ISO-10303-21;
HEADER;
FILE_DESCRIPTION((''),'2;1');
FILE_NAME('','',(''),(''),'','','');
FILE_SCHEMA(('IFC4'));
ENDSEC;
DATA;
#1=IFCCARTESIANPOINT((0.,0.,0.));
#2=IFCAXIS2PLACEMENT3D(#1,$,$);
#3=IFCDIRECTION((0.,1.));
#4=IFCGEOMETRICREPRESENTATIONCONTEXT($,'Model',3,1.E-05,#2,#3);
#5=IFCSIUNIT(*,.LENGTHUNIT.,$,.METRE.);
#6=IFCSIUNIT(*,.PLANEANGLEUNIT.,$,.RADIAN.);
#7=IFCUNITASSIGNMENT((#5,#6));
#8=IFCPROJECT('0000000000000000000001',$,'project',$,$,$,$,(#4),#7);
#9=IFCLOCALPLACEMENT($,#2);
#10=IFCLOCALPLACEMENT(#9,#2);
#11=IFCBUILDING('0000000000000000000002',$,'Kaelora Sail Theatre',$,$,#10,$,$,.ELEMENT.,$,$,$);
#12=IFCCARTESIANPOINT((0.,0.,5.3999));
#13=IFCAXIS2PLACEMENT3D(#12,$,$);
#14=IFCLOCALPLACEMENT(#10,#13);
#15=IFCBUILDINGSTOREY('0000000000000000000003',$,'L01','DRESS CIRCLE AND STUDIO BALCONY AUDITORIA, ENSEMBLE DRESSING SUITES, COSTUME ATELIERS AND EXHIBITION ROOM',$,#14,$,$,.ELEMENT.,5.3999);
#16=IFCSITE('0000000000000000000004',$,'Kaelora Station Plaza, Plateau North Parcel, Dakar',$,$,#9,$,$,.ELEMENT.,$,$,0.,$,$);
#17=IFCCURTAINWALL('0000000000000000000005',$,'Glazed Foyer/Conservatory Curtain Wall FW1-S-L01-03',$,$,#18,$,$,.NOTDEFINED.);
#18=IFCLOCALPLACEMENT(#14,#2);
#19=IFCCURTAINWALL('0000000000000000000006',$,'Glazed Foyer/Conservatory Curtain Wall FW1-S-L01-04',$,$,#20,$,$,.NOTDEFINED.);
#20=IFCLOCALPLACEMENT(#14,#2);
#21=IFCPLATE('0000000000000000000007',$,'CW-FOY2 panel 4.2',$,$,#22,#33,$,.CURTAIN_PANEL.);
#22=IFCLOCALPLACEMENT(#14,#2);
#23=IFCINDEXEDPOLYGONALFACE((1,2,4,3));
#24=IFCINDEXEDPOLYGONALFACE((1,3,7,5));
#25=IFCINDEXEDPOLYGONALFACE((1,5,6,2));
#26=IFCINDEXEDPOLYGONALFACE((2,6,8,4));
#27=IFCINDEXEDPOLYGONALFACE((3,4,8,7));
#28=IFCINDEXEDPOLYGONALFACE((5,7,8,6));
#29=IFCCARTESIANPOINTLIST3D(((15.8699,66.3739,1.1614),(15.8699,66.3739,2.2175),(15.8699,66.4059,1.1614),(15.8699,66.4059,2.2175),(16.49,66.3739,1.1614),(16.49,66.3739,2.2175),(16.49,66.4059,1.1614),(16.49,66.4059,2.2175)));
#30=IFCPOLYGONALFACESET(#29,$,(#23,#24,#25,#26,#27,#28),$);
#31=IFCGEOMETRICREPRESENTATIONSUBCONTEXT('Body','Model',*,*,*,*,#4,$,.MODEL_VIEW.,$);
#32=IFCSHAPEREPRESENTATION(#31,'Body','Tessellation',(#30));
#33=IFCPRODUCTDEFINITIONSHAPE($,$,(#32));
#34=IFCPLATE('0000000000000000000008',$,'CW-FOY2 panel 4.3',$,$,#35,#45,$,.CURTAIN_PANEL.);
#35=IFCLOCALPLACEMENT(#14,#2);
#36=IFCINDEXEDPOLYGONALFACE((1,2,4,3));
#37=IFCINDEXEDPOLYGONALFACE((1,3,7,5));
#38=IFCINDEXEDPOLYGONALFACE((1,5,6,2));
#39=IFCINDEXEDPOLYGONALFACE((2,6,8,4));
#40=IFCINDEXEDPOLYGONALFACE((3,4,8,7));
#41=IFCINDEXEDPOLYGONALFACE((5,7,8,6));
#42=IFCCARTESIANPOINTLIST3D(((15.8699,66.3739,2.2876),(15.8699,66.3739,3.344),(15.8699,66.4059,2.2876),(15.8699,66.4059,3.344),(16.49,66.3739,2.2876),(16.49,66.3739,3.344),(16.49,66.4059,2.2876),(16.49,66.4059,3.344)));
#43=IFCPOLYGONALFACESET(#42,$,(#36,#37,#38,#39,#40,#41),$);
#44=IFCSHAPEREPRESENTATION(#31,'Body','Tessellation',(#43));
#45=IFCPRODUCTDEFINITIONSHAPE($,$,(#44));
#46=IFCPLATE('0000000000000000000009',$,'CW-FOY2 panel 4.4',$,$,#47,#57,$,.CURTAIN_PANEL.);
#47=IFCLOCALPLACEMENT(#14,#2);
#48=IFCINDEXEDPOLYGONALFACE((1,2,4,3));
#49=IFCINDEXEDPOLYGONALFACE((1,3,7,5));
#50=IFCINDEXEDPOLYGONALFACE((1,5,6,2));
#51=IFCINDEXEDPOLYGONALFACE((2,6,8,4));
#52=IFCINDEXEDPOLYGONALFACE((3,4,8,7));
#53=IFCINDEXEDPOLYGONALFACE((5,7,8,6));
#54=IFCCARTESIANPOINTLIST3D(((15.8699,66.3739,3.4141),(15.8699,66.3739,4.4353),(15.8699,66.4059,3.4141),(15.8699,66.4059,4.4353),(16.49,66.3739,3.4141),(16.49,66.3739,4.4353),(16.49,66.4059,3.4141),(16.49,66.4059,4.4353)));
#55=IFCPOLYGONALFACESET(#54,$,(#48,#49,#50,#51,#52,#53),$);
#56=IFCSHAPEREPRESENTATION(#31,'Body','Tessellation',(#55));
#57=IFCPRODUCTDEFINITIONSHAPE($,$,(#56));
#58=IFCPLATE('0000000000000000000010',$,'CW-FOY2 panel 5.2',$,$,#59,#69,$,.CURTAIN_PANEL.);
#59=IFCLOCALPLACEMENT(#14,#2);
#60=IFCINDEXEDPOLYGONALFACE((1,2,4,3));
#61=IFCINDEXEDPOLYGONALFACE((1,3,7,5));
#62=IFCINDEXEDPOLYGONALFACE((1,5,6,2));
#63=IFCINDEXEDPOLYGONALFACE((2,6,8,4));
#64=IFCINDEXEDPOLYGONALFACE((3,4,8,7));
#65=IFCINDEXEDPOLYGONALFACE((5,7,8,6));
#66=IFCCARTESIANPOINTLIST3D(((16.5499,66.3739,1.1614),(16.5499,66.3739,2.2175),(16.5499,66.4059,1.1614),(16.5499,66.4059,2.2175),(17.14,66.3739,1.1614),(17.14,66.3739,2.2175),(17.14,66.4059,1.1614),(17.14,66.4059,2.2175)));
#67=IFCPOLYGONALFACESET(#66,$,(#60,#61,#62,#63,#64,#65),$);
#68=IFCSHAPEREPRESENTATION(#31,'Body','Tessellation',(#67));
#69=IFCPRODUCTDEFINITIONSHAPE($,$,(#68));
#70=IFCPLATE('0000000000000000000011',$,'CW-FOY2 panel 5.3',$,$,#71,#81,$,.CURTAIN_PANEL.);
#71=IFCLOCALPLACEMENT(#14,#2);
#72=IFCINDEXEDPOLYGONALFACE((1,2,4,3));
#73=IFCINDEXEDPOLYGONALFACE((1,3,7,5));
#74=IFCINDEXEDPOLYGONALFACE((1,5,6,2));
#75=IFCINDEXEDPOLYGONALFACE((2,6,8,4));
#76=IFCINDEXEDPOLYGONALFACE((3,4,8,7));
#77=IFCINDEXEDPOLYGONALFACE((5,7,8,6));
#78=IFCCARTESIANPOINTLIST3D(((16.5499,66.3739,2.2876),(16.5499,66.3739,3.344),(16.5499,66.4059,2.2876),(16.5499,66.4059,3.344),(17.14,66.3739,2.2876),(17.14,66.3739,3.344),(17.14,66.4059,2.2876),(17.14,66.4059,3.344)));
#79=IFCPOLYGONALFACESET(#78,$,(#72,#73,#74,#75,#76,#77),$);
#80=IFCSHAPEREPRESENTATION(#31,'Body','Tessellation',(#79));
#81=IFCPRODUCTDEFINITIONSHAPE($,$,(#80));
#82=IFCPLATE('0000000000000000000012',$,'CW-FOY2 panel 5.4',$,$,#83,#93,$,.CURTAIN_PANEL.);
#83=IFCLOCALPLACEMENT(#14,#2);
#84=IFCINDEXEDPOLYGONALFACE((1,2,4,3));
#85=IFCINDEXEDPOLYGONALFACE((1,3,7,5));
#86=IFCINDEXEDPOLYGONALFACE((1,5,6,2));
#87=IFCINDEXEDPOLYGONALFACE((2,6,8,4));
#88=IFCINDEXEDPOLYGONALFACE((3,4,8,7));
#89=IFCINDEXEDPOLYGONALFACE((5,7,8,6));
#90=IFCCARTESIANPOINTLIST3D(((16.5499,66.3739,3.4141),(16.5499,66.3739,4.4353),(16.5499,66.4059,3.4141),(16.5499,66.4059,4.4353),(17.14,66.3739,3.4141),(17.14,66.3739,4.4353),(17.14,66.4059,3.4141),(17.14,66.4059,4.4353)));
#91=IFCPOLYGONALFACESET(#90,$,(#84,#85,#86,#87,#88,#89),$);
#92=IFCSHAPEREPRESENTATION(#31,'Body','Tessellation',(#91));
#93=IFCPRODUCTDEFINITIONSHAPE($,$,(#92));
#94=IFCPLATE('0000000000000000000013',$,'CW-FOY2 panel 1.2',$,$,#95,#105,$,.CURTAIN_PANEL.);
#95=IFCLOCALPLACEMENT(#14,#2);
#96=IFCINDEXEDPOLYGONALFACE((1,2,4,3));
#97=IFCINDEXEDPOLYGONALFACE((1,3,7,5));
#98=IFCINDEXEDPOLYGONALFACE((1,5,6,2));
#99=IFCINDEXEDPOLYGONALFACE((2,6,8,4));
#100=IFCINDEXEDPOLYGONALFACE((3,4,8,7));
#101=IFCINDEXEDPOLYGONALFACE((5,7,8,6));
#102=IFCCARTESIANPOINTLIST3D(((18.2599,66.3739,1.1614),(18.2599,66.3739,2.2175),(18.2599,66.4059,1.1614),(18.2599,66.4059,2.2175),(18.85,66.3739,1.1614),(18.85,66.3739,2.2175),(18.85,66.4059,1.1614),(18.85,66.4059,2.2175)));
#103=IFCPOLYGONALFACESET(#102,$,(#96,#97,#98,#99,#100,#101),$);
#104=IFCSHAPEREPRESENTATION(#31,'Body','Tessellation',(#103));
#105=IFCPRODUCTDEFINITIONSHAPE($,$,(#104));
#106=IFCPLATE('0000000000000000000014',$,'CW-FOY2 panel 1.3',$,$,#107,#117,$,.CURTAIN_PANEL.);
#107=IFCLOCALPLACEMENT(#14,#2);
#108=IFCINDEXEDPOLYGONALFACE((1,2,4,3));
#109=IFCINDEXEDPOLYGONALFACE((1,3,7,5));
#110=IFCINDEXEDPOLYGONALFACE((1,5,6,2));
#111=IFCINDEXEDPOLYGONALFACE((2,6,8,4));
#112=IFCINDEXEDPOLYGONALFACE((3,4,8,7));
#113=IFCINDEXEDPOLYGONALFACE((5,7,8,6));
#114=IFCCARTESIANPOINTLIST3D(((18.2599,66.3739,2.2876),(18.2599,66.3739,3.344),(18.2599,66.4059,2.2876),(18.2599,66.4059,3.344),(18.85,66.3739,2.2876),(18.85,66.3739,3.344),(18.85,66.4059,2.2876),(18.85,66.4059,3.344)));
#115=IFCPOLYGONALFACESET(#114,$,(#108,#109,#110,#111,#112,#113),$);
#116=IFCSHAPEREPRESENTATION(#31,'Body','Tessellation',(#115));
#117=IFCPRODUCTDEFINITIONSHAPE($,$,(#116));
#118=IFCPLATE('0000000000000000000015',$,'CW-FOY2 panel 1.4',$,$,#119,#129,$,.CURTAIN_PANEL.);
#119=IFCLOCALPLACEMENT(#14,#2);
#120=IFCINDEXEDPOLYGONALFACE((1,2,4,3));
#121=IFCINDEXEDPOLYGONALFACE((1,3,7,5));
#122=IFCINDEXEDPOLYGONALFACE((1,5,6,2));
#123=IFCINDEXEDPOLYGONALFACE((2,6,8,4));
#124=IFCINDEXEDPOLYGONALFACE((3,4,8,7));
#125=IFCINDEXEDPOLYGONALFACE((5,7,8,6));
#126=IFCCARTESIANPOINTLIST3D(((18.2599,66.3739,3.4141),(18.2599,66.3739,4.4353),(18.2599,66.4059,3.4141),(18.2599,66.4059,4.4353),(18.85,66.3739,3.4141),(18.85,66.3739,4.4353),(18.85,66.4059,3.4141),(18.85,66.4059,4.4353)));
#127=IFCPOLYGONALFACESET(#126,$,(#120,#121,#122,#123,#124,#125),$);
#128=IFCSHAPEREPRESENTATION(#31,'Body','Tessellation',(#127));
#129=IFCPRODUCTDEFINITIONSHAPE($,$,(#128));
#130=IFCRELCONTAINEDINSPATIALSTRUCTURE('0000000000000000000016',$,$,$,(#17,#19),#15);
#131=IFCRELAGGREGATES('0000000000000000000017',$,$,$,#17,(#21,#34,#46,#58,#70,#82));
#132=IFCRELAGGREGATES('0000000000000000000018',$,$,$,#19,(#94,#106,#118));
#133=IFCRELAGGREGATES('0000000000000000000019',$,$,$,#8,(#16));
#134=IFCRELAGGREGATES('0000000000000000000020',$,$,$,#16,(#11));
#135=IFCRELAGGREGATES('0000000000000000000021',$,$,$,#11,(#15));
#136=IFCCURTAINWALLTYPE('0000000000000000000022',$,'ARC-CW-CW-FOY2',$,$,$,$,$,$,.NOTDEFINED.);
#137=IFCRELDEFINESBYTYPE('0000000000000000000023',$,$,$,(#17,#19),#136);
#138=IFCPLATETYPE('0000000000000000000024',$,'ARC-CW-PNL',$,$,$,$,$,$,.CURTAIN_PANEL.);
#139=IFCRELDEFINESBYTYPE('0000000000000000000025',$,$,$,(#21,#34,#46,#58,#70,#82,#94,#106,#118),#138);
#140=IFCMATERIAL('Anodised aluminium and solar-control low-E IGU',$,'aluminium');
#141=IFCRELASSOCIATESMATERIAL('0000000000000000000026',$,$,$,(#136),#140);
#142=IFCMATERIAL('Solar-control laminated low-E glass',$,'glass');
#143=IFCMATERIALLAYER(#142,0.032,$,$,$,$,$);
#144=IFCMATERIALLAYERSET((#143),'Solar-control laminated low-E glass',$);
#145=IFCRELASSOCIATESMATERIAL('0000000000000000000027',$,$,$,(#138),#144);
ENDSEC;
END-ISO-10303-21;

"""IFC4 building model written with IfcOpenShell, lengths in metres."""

from ifc_helpers import new_model, si_unit, direction, frame, origin, origin_2d, place, context, subcontext, project, spatial, rectangle, extrude, material, layer, layer_set, type_object, element, aggregate, save


model = new_model("IFC4")

# Units and contexts
model_context = context("Model", 3, precision=1e-05, world=origin(), true_north=direction((0.0, 1.0)))
body_context = subcontext(model_context, "Body", "Model", "MODEL_VIEW")
ifc_project = project(units=[si_unit("LENGTHUNIT", "METRE"), si_unit("PLANEANGLEUNIT", "RADIAN")], contexts=[model_context])

# Site, building, storey
site_placement = place(None, origin())
site = spatial("IfcSite", under=ifc_project, at=site_placement, Name="Kaelora Station Plaza, Plateau North Parcel, Dakar", CompositionType="ELEMENT", RefElevation=0.0)
building_placement = place(site_placement, origin())
building = spatial("IfcBuilding", under=site, at=building_placement, Name="Kaelora Sail Theatre", CompositionType="ELEMENT")
storey_placement = place(building_placement, frame((0.0, 0.0, 5.3999)))
storey = spatial("IfcBuildingStorey", under=building, at=storey_placement, Name="L01", Description="DRESS CIRCLE AND STUDIO BALCONY AUDITORIA, ENSEMBLE DRESSING SUITES, COSTUME ATELIERS AND EXHIBITION ROOM", CompositionType="ELEMENT", Elevation=5.3999)

# Curtain walls
ifc_material_1 = material(Name="Anodised aluminium and solar-control low-E IGU", Category="aluminium")
curtain_wall_type = type_object("IfcCurtainWallType", Name="ARC-CW-CW-FOY2", PredefinedType="NOTDEFINED", material=ifc_material_1)
curtain_wall_1_placement = place(storey_placement, origin())
curtain_wall_1 = element("IfcCurtainWall", 1, at=curtain_wall_1_placement, inside=storey, type_object=curtain_wall_type, Name="Glazed Foyer/Conservatory Curtain Wall FW1-S-L01-03", PredefinedType="NOTDEFINED")
curtain_wall_2_placement = place(storey_placement, origin())
curtain_wall_2 = element("IfcCurtainWall", 2, at=curtain_wall_2_placement, inside=storey, type_object=curtain_wall_type, Name="Glazed Foyer/Conservatory Curtain Wall FW1-S-L01-04", PredefinedType="NOTDEFINED")

# Plates
ifc_material_2 = material(Name="Solar-control laminated low-E glass", Category="glass")
ifc_layer = layer(ifc_material_2, 0.032)
ifc_layer_set = layer_set([ifc_layer], Name="Solar-control laminated low-E glass")
plate_type = type_object("IfcPlateType", Name="ARC-CW-PNL", PredefinedType="CURTAIN_PANEL", material=ifc_layer_set)
plate_1_placement = place(storey_placement, frame((16.1799, 66.3899, 1.1614), z_axis=(0.0, 0.0, 1.0), x_axis=(1.0, 0.0, 0.0)))
plate_1 = element("IfcPlate", 3, at=plate_1_placement, type_object=plate_type, Name="CW-FOY2 panel 4.2", PredefinedType="CURTAIN_PANEL", context=body_context, shape_type="SweptSolid", body=[
    extrude(rectangle(XDim=0.6201, YDim=0.032, at=origin_2d()), origin(), (0.0, 0.0, 1.0), 1.0562),
])
plate_2_placement = place(storey_placement, frame((16.1799, 66.3899, 2.2876), z_axis=(0.0, 0.0, 1.0), x_axis=(1.0, 0.0, 0.0)))
plate_2 = element("IfcPlate", 4, at=plate_2_placement, type_object=plate_type, Name="CW-FOY2 panel 4.3", PredefinedType="CURTAIN_PANEL", context=body_context, shape_type="SweptSolid", body=[
    extrude(rectangle(XDim=0.6201, YDim=0.032, at=origin_2d()), origin(), (0.0, 0.0, 1.0), 1.0564),
])
plate_3_placement = place(storey_placement, frame((16.1799, 66.3899, 3.4141), z_axis=(0.0, 0.0, 1.0), x_axis=(1.0, 0.0, 0.0)))
plate_3 = element("IfcPlate", 5, at=plate_3_placement, type_object=plate_type, Name="CW-FOY2 panel 4.4", PredefinedType="CURTAIN_PANEL", context=body_context, shape_type="SweptSolid", body=[
    extrude(rectangle(XDim=0.6201, YDim=0.032, at=origin_2d()), origin(), (0.0, 0.0, 1.0), 1.0212),
])
plate_4_placement = place(storey_placement, frame((16.845, 66.3899, 1.1614), z_axis=(0.0, 0.0, 1.0), x_axis=(1.0, 0.0, 0.0)))
plate_4 = element("IfcPlate", 6, at=plate_4_placement, type_object=plate_type, Name="CW-FOY2 panel 5.2", PredefinedType="CURTAIN_PANEL", context=body_context, shape_type="SweptSolid", body=[
    extrude(rectangle(XDim=0.5901, YDim=0.032, at=origin_2d()), origin(), (0.0, 0.0, 1.0), 1.0562),
])
plate_5_placement = place(storey_placement, frame((16.845, 66.3899, 2.2876), z_axis=(0.0, 0.0, 1.0), x_axis=(1.0, 0.0, 0.0)))
plate_5 = element("IfcPlate", 7, at=plate_5_placement, type_object=plate_type, Name="CW-FOY2 panel 5.3", PredefinedType="CURTAIN_PANEL", context=body_context, shape_type="SweptSolid", body=[
    extrude(rectangle(XDim=0.5901, YDim=0.032, at=origin_2d()), origin(), (0.0, 0.0, 1.0), 1.0564),
])
plate_6_placement = place(storey_placement, frame((16.845, 66.3899, 3.4141), z_axis=(0.0, 0.0, 1.0), x_axis=(1.0, 0.0, 0.0)))
plate_6 = element("IfcPlate", 8, at=plate_6_placement, type_object=plate_type, Name="CW-FOY2 panel 5.4", PredefinedType="CURTAIN_PANEL", context=body_context, shape_type="SweptSolid", body=[
    extrude(rectangle(XDim=0.5901, YDim=0.032, at=origin_2d()), origin(), (0.0, 0.0, 1.0), 1.0212),
])
aggregate(curtain_wall_1, [plate_1, plate_2, plate_3, plate_4, plate_5, plate_6])
plate_7_placement = place(storey_placement, frame((18.5549, 66.3899, 1.1614), z_axis=(0.0, 0.0, 1.0), x_axis=(1.0, 0.0, 0.0)))
plate_7 = element("IfcPlate", 9, at=plate_7_placement, type_object=plate_type, Name="CW-FOY2 panel 1.2", PredefinedType="CURTAIN_PANEL", context=body_context, shape_type="SweptSolid", body=[
    extrude(rectangle(XDim=0.5901, YDim=0.032, at=origin_2d()), origin(), (0.0, 0.0, 1.0), 1.0562),
])
plate_8_placement = place(storey_placement, frame((18.5549, 66.3899, 2.2876), z_axis=(0.0, 0.0, 1.0), x_axis=(1.0, 0.0, 0.0)))
plate_8 = element("IfcPlate", 10, at=plate_8_placement, type_object=plate_type, Name="CW-FOY2 panel 1.3", PredefinedType="CURTAIN_PANEL", context=body_context, shape_type="SweptSolid", body=[
    extrude(rectangle(XDim=0.5901, YDim=0.032, at=origin_2d()), origin(), (0.0, 0.0, 1.0), 1.0564),
])
plate_9_placement = place(storey_placement, frame((18.5549, 66.3899, 3.4141), z_axis=(0.0, 0.0, 1.0), x_axis=(1.0, 0.0, 0.0)))
plate_9 = element("IfcPlate", 11, at=plate_9_placement, type_object=plate_type, Name="CW-FOY2 panel 1.4", PredefinedType="CURTAIN_PANEL", context=body_context, shape_type="SweptSolid", body=[
    extrude(rectangle(XDim=0.5901, YDim=0.032, at=origin_2d()), origin(), (0.0, 0.0, 1.0), 1.0212),
])
aggregate(curtain_wall_2, [plate_7, plate_8, plate_9])

save(model, "model.ifc")
